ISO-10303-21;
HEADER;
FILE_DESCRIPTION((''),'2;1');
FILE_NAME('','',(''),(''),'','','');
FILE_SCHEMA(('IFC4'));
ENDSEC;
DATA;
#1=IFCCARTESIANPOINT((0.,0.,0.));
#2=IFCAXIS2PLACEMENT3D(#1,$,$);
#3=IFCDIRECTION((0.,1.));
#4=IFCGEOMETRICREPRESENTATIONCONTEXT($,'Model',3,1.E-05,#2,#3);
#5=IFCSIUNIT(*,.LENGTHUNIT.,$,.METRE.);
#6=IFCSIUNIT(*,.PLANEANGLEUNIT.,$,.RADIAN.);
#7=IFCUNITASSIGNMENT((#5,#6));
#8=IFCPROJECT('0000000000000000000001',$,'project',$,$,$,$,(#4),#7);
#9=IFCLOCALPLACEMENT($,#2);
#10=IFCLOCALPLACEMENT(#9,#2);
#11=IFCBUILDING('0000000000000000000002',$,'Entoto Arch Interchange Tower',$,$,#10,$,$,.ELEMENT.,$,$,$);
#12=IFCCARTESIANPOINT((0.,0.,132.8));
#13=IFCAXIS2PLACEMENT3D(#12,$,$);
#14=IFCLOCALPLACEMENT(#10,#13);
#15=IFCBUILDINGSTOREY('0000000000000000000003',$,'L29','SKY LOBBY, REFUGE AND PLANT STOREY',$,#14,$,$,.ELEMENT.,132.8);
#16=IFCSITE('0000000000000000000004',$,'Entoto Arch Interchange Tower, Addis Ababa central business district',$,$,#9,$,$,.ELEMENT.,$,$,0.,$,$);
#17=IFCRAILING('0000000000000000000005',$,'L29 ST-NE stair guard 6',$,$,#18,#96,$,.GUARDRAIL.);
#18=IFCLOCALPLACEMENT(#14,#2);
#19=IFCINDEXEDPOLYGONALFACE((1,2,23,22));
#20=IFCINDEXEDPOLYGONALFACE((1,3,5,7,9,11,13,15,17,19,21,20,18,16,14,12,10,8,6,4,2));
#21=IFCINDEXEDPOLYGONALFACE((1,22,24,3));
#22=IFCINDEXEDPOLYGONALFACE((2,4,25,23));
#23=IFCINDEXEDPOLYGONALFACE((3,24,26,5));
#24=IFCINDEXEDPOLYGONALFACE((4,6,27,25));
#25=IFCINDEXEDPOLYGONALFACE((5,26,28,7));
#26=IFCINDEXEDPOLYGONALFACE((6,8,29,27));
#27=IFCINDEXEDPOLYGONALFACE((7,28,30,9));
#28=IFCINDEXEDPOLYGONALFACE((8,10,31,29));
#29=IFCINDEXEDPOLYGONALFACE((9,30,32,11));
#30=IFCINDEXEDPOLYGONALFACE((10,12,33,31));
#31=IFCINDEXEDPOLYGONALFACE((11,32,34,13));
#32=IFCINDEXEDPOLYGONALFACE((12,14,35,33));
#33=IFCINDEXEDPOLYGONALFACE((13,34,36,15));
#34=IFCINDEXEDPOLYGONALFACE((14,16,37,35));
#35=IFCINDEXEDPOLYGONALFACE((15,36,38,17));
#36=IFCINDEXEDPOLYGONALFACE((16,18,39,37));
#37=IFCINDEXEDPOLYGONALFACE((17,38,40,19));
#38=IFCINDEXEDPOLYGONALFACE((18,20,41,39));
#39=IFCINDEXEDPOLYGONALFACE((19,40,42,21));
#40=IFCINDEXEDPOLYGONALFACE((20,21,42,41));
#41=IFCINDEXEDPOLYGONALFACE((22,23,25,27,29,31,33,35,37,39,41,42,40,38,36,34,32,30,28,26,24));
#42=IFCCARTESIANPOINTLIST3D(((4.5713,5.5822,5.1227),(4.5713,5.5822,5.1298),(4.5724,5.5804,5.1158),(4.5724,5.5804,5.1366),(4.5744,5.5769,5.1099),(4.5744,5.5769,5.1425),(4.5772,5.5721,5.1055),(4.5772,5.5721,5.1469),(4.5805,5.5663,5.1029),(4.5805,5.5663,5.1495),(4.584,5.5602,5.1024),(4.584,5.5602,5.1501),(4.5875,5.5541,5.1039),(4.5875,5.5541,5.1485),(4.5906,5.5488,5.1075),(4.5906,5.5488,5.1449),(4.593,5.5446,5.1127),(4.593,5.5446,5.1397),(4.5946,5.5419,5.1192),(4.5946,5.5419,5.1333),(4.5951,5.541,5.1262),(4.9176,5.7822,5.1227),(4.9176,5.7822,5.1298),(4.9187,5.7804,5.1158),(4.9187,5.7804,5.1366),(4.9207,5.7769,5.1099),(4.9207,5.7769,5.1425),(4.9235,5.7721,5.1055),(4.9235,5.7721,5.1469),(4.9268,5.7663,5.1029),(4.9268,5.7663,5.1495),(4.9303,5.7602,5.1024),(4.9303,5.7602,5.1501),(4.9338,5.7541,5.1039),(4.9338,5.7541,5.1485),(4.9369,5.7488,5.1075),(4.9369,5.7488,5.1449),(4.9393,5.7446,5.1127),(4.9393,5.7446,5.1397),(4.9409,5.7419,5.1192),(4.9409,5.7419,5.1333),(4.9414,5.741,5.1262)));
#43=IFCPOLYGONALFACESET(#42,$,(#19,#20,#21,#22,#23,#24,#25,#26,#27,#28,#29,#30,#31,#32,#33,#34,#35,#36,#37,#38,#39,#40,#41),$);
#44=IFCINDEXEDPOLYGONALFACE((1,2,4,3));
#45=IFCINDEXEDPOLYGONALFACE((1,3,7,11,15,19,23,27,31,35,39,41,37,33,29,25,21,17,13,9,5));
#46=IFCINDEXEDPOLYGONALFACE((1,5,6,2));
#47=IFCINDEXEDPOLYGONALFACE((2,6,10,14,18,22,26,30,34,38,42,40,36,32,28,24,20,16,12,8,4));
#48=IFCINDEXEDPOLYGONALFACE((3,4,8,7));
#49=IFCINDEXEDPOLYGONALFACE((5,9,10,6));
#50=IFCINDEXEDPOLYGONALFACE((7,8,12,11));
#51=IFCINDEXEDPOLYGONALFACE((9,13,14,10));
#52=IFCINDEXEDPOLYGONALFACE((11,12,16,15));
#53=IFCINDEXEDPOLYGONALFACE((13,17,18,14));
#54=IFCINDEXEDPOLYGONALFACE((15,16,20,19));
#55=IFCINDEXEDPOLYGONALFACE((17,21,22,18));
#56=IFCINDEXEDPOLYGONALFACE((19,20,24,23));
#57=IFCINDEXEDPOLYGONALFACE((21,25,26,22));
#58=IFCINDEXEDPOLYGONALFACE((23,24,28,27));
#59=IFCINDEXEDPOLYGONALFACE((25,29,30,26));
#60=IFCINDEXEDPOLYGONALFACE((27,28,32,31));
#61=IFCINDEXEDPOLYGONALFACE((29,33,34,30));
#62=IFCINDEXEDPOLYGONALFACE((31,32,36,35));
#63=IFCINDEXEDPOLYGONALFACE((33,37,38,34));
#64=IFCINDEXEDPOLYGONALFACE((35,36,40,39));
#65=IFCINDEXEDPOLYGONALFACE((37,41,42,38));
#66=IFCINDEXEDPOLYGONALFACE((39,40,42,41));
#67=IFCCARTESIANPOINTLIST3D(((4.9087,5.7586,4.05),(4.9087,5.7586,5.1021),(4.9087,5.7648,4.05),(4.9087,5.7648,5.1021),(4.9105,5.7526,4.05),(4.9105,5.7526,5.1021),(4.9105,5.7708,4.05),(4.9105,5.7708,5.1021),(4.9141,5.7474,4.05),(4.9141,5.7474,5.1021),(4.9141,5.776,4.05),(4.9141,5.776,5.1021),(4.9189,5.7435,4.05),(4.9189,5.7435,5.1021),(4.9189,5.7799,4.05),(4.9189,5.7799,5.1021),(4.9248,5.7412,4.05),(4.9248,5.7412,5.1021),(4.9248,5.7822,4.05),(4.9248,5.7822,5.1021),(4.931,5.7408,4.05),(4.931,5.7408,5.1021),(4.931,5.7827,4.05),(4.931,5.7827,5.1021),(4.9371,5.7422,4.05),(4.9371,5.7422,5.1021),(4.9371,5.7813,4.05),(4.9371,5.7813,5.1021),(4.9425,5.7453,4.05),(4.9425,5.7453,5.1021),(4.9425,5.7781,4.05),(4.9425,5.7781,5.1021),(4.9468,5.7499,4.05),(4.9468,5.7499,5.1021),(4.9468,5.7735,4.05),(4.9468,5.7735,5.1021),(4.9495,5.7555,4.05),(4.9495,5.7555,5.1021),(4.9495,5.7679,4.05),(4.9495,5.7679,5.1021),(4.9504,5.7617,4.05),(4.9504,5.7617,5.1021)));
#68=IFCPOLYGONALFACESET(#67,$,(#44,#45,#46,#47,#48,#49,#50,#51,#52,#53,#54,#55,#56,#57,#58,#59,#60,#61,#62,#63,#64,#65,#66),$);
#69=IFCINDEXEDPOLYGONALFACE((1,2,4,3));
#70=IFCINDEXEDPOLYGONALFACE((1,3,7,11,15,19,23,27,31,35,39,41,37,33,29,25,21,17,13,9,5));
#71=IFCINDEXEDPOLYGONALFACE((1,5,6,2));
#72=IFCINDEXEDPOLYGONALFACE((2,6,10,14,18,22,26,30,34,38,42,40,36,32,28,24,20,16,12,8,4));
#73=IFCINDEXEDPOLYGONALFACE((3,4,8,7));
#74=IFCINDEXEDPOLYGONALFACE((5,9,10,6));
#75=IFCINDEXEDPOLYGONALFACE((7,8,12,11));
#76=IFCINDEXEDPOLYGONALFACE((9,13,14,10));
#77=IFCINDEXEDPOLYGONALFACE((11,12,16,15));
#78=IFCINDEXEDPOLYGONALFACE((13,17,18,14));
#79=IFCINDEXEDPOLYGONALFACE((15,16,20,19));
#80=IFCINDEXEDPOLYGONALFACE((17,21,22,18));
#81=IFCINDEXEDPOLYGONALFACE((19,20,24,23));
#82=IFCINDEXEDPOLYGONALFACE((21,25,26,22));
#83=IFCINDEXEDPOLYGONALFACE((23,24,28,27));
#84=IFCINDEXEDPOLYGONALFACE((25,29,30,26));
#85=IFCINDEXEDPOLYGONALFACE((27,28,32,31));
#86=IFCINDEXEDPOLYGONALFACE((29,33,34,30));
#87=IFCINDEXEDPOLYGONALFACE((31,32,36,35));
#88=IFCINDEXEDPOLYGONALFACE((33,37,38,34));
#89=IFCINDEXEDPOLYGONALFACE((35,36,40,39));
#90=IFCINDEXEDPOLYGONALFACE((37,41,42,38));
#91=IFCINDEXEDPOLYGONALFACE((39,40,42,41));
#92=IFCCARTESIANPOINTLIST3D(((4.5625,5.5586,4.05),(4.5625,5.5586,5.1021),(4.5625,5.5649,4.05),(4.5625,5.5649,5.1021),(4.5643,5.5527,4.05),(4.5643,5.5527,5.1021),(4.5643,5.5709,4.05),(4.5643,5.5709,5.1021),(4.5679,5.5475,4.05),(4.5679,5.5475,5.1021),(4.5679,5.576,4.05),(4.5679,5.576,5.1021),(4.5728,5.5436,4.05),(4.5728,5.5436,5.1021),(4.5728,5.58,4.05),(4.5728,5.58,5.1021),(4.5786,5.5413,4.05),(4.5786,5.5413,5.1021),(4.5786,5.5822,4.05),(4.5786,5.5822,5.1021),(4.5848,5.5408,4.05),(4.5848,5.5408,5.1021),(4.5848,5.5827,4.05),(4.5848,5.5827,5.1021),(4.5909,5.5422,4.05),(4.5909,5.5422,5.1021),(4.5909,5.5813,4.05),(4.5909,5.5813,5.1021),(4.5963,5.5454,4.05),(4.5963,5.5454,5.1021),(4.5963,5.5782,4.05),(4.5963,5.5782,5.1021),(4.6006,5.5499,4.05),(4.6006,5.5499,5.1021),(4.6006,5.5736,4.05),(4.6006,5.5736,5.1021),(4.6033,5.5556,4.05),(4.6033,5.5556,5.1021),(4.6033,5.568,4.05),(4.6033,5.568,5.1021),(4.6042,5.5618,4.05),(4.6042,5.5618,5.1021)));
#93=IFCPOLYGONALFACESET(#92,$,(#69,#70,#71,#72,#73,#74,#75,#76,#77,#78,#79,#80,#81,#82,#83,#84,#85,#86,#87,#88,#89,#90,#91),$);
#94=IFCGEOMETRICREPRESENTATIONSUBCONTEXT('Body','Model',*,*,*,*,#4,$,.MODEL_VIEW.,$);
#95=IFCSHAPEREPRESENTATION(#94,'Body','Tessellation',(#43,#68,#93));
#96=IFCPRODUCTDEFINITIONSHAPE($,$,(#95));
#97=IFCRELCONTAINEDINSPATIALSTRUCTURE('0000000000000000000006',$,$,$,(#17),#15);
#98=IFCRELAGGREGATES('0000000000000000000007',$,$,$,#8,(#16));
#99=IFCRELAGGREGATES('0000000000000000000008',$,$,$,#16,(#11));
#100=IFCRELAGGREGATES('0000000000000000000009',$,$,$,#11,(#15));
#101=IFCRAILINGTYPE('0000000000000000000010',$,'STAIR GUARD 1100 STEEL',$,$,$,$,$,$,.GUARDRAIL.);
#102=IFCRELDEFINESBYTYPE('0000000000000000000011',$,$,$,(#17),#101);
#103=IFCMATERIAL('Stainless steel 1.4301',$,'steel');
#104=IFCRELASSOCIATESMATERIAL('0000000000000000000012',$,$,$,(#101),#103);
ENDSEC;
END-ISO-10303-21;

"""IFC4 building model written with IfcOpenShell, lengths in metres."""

from ifc_helpers import new_model, si_unit, direction, frame, origin, origin_2d, place, context, subcontext, project, spatial, circle, extrude, material, type_object, element, save


model = new_model("IFC4")

# Units and contexts
model_context = context("Model", 3, precision=1e-05, world=origin(), true_north=direction((0.0, 1.0)))
body_context = subcontext(model_context, "Body", "Model", "MODEL_VIEW")
ifc_project = project(units=[si_unit("LENGTHUNIT", "METRE"), si_unit("PLANEANGLEUNIT", "RADIAN")], contexts=[model_context])

# Site, building, storey
site_placement = place(None, origin())
site = spatial("IfcSite", under=ifc_project, at=site_placement, Name="Entoto Arch Interchange Tower, Addis Ababa central business district", CompositionType="ELEMENT", RefElevation=0.0)
building_placement = place(site_placement, origin())
building = spatial("IfcBuilding", under=site, at=building_placement, Name="Entoto Arch Interchange Tower", CompositionType="ELEMENT")
storey_placement = place(building_placement, frame((0.0, 0.0, 132.8)))
storey = spatial("IfcBuildingStorey", under=building, at=storey_placement, Name="L29", Description="SKY LOBBY, REFUGE AND PLANT STOREY", CompositionType="ELEMENT", Elevation=132.8)

# Railing
ifc_material_1 = material(Name="Stainless steel 1.4301", Category="steel")
railing_type = type_object("IfcRailingType", Name="STAIR GUARD 1100 STEEL", PredefinedType="GUARDRAIL", material=ifc_material_1)
railing_placement = place(storey_placement, frame((4.9294, 5.7617, 4.05)))
element("IfcRailing", 1, at=railing_placement, inside=storey, type_object=railing_type, Name="L29 ST-NE stair guard 6", PredefinedType="GUARDRAIL", context=body_context, shape_type="SweptSolid", body=[
    extrude(circle(Radius=0.0239, at=origin_2d()), frame((0.0, 0.0, 1.0762), z_axis=(-0.865941, -0.500145, 0.0), x_axis=(0.500145, -0.865941, 0.0)), (0.0, 0.0, 1.0), 0.3999),
    extrude(circle(Radius=0.021, at=origin_2d()), origin(), (0.0, 0.0, 1.0), 1.052),
    extrude(circle(Radius=0.021, at=origin_2d()), frame((-0.3462, -0.2, 0.0)), (0.0, 0.0, 1.0), 1.052),
])

save(model, "model.ifc")
